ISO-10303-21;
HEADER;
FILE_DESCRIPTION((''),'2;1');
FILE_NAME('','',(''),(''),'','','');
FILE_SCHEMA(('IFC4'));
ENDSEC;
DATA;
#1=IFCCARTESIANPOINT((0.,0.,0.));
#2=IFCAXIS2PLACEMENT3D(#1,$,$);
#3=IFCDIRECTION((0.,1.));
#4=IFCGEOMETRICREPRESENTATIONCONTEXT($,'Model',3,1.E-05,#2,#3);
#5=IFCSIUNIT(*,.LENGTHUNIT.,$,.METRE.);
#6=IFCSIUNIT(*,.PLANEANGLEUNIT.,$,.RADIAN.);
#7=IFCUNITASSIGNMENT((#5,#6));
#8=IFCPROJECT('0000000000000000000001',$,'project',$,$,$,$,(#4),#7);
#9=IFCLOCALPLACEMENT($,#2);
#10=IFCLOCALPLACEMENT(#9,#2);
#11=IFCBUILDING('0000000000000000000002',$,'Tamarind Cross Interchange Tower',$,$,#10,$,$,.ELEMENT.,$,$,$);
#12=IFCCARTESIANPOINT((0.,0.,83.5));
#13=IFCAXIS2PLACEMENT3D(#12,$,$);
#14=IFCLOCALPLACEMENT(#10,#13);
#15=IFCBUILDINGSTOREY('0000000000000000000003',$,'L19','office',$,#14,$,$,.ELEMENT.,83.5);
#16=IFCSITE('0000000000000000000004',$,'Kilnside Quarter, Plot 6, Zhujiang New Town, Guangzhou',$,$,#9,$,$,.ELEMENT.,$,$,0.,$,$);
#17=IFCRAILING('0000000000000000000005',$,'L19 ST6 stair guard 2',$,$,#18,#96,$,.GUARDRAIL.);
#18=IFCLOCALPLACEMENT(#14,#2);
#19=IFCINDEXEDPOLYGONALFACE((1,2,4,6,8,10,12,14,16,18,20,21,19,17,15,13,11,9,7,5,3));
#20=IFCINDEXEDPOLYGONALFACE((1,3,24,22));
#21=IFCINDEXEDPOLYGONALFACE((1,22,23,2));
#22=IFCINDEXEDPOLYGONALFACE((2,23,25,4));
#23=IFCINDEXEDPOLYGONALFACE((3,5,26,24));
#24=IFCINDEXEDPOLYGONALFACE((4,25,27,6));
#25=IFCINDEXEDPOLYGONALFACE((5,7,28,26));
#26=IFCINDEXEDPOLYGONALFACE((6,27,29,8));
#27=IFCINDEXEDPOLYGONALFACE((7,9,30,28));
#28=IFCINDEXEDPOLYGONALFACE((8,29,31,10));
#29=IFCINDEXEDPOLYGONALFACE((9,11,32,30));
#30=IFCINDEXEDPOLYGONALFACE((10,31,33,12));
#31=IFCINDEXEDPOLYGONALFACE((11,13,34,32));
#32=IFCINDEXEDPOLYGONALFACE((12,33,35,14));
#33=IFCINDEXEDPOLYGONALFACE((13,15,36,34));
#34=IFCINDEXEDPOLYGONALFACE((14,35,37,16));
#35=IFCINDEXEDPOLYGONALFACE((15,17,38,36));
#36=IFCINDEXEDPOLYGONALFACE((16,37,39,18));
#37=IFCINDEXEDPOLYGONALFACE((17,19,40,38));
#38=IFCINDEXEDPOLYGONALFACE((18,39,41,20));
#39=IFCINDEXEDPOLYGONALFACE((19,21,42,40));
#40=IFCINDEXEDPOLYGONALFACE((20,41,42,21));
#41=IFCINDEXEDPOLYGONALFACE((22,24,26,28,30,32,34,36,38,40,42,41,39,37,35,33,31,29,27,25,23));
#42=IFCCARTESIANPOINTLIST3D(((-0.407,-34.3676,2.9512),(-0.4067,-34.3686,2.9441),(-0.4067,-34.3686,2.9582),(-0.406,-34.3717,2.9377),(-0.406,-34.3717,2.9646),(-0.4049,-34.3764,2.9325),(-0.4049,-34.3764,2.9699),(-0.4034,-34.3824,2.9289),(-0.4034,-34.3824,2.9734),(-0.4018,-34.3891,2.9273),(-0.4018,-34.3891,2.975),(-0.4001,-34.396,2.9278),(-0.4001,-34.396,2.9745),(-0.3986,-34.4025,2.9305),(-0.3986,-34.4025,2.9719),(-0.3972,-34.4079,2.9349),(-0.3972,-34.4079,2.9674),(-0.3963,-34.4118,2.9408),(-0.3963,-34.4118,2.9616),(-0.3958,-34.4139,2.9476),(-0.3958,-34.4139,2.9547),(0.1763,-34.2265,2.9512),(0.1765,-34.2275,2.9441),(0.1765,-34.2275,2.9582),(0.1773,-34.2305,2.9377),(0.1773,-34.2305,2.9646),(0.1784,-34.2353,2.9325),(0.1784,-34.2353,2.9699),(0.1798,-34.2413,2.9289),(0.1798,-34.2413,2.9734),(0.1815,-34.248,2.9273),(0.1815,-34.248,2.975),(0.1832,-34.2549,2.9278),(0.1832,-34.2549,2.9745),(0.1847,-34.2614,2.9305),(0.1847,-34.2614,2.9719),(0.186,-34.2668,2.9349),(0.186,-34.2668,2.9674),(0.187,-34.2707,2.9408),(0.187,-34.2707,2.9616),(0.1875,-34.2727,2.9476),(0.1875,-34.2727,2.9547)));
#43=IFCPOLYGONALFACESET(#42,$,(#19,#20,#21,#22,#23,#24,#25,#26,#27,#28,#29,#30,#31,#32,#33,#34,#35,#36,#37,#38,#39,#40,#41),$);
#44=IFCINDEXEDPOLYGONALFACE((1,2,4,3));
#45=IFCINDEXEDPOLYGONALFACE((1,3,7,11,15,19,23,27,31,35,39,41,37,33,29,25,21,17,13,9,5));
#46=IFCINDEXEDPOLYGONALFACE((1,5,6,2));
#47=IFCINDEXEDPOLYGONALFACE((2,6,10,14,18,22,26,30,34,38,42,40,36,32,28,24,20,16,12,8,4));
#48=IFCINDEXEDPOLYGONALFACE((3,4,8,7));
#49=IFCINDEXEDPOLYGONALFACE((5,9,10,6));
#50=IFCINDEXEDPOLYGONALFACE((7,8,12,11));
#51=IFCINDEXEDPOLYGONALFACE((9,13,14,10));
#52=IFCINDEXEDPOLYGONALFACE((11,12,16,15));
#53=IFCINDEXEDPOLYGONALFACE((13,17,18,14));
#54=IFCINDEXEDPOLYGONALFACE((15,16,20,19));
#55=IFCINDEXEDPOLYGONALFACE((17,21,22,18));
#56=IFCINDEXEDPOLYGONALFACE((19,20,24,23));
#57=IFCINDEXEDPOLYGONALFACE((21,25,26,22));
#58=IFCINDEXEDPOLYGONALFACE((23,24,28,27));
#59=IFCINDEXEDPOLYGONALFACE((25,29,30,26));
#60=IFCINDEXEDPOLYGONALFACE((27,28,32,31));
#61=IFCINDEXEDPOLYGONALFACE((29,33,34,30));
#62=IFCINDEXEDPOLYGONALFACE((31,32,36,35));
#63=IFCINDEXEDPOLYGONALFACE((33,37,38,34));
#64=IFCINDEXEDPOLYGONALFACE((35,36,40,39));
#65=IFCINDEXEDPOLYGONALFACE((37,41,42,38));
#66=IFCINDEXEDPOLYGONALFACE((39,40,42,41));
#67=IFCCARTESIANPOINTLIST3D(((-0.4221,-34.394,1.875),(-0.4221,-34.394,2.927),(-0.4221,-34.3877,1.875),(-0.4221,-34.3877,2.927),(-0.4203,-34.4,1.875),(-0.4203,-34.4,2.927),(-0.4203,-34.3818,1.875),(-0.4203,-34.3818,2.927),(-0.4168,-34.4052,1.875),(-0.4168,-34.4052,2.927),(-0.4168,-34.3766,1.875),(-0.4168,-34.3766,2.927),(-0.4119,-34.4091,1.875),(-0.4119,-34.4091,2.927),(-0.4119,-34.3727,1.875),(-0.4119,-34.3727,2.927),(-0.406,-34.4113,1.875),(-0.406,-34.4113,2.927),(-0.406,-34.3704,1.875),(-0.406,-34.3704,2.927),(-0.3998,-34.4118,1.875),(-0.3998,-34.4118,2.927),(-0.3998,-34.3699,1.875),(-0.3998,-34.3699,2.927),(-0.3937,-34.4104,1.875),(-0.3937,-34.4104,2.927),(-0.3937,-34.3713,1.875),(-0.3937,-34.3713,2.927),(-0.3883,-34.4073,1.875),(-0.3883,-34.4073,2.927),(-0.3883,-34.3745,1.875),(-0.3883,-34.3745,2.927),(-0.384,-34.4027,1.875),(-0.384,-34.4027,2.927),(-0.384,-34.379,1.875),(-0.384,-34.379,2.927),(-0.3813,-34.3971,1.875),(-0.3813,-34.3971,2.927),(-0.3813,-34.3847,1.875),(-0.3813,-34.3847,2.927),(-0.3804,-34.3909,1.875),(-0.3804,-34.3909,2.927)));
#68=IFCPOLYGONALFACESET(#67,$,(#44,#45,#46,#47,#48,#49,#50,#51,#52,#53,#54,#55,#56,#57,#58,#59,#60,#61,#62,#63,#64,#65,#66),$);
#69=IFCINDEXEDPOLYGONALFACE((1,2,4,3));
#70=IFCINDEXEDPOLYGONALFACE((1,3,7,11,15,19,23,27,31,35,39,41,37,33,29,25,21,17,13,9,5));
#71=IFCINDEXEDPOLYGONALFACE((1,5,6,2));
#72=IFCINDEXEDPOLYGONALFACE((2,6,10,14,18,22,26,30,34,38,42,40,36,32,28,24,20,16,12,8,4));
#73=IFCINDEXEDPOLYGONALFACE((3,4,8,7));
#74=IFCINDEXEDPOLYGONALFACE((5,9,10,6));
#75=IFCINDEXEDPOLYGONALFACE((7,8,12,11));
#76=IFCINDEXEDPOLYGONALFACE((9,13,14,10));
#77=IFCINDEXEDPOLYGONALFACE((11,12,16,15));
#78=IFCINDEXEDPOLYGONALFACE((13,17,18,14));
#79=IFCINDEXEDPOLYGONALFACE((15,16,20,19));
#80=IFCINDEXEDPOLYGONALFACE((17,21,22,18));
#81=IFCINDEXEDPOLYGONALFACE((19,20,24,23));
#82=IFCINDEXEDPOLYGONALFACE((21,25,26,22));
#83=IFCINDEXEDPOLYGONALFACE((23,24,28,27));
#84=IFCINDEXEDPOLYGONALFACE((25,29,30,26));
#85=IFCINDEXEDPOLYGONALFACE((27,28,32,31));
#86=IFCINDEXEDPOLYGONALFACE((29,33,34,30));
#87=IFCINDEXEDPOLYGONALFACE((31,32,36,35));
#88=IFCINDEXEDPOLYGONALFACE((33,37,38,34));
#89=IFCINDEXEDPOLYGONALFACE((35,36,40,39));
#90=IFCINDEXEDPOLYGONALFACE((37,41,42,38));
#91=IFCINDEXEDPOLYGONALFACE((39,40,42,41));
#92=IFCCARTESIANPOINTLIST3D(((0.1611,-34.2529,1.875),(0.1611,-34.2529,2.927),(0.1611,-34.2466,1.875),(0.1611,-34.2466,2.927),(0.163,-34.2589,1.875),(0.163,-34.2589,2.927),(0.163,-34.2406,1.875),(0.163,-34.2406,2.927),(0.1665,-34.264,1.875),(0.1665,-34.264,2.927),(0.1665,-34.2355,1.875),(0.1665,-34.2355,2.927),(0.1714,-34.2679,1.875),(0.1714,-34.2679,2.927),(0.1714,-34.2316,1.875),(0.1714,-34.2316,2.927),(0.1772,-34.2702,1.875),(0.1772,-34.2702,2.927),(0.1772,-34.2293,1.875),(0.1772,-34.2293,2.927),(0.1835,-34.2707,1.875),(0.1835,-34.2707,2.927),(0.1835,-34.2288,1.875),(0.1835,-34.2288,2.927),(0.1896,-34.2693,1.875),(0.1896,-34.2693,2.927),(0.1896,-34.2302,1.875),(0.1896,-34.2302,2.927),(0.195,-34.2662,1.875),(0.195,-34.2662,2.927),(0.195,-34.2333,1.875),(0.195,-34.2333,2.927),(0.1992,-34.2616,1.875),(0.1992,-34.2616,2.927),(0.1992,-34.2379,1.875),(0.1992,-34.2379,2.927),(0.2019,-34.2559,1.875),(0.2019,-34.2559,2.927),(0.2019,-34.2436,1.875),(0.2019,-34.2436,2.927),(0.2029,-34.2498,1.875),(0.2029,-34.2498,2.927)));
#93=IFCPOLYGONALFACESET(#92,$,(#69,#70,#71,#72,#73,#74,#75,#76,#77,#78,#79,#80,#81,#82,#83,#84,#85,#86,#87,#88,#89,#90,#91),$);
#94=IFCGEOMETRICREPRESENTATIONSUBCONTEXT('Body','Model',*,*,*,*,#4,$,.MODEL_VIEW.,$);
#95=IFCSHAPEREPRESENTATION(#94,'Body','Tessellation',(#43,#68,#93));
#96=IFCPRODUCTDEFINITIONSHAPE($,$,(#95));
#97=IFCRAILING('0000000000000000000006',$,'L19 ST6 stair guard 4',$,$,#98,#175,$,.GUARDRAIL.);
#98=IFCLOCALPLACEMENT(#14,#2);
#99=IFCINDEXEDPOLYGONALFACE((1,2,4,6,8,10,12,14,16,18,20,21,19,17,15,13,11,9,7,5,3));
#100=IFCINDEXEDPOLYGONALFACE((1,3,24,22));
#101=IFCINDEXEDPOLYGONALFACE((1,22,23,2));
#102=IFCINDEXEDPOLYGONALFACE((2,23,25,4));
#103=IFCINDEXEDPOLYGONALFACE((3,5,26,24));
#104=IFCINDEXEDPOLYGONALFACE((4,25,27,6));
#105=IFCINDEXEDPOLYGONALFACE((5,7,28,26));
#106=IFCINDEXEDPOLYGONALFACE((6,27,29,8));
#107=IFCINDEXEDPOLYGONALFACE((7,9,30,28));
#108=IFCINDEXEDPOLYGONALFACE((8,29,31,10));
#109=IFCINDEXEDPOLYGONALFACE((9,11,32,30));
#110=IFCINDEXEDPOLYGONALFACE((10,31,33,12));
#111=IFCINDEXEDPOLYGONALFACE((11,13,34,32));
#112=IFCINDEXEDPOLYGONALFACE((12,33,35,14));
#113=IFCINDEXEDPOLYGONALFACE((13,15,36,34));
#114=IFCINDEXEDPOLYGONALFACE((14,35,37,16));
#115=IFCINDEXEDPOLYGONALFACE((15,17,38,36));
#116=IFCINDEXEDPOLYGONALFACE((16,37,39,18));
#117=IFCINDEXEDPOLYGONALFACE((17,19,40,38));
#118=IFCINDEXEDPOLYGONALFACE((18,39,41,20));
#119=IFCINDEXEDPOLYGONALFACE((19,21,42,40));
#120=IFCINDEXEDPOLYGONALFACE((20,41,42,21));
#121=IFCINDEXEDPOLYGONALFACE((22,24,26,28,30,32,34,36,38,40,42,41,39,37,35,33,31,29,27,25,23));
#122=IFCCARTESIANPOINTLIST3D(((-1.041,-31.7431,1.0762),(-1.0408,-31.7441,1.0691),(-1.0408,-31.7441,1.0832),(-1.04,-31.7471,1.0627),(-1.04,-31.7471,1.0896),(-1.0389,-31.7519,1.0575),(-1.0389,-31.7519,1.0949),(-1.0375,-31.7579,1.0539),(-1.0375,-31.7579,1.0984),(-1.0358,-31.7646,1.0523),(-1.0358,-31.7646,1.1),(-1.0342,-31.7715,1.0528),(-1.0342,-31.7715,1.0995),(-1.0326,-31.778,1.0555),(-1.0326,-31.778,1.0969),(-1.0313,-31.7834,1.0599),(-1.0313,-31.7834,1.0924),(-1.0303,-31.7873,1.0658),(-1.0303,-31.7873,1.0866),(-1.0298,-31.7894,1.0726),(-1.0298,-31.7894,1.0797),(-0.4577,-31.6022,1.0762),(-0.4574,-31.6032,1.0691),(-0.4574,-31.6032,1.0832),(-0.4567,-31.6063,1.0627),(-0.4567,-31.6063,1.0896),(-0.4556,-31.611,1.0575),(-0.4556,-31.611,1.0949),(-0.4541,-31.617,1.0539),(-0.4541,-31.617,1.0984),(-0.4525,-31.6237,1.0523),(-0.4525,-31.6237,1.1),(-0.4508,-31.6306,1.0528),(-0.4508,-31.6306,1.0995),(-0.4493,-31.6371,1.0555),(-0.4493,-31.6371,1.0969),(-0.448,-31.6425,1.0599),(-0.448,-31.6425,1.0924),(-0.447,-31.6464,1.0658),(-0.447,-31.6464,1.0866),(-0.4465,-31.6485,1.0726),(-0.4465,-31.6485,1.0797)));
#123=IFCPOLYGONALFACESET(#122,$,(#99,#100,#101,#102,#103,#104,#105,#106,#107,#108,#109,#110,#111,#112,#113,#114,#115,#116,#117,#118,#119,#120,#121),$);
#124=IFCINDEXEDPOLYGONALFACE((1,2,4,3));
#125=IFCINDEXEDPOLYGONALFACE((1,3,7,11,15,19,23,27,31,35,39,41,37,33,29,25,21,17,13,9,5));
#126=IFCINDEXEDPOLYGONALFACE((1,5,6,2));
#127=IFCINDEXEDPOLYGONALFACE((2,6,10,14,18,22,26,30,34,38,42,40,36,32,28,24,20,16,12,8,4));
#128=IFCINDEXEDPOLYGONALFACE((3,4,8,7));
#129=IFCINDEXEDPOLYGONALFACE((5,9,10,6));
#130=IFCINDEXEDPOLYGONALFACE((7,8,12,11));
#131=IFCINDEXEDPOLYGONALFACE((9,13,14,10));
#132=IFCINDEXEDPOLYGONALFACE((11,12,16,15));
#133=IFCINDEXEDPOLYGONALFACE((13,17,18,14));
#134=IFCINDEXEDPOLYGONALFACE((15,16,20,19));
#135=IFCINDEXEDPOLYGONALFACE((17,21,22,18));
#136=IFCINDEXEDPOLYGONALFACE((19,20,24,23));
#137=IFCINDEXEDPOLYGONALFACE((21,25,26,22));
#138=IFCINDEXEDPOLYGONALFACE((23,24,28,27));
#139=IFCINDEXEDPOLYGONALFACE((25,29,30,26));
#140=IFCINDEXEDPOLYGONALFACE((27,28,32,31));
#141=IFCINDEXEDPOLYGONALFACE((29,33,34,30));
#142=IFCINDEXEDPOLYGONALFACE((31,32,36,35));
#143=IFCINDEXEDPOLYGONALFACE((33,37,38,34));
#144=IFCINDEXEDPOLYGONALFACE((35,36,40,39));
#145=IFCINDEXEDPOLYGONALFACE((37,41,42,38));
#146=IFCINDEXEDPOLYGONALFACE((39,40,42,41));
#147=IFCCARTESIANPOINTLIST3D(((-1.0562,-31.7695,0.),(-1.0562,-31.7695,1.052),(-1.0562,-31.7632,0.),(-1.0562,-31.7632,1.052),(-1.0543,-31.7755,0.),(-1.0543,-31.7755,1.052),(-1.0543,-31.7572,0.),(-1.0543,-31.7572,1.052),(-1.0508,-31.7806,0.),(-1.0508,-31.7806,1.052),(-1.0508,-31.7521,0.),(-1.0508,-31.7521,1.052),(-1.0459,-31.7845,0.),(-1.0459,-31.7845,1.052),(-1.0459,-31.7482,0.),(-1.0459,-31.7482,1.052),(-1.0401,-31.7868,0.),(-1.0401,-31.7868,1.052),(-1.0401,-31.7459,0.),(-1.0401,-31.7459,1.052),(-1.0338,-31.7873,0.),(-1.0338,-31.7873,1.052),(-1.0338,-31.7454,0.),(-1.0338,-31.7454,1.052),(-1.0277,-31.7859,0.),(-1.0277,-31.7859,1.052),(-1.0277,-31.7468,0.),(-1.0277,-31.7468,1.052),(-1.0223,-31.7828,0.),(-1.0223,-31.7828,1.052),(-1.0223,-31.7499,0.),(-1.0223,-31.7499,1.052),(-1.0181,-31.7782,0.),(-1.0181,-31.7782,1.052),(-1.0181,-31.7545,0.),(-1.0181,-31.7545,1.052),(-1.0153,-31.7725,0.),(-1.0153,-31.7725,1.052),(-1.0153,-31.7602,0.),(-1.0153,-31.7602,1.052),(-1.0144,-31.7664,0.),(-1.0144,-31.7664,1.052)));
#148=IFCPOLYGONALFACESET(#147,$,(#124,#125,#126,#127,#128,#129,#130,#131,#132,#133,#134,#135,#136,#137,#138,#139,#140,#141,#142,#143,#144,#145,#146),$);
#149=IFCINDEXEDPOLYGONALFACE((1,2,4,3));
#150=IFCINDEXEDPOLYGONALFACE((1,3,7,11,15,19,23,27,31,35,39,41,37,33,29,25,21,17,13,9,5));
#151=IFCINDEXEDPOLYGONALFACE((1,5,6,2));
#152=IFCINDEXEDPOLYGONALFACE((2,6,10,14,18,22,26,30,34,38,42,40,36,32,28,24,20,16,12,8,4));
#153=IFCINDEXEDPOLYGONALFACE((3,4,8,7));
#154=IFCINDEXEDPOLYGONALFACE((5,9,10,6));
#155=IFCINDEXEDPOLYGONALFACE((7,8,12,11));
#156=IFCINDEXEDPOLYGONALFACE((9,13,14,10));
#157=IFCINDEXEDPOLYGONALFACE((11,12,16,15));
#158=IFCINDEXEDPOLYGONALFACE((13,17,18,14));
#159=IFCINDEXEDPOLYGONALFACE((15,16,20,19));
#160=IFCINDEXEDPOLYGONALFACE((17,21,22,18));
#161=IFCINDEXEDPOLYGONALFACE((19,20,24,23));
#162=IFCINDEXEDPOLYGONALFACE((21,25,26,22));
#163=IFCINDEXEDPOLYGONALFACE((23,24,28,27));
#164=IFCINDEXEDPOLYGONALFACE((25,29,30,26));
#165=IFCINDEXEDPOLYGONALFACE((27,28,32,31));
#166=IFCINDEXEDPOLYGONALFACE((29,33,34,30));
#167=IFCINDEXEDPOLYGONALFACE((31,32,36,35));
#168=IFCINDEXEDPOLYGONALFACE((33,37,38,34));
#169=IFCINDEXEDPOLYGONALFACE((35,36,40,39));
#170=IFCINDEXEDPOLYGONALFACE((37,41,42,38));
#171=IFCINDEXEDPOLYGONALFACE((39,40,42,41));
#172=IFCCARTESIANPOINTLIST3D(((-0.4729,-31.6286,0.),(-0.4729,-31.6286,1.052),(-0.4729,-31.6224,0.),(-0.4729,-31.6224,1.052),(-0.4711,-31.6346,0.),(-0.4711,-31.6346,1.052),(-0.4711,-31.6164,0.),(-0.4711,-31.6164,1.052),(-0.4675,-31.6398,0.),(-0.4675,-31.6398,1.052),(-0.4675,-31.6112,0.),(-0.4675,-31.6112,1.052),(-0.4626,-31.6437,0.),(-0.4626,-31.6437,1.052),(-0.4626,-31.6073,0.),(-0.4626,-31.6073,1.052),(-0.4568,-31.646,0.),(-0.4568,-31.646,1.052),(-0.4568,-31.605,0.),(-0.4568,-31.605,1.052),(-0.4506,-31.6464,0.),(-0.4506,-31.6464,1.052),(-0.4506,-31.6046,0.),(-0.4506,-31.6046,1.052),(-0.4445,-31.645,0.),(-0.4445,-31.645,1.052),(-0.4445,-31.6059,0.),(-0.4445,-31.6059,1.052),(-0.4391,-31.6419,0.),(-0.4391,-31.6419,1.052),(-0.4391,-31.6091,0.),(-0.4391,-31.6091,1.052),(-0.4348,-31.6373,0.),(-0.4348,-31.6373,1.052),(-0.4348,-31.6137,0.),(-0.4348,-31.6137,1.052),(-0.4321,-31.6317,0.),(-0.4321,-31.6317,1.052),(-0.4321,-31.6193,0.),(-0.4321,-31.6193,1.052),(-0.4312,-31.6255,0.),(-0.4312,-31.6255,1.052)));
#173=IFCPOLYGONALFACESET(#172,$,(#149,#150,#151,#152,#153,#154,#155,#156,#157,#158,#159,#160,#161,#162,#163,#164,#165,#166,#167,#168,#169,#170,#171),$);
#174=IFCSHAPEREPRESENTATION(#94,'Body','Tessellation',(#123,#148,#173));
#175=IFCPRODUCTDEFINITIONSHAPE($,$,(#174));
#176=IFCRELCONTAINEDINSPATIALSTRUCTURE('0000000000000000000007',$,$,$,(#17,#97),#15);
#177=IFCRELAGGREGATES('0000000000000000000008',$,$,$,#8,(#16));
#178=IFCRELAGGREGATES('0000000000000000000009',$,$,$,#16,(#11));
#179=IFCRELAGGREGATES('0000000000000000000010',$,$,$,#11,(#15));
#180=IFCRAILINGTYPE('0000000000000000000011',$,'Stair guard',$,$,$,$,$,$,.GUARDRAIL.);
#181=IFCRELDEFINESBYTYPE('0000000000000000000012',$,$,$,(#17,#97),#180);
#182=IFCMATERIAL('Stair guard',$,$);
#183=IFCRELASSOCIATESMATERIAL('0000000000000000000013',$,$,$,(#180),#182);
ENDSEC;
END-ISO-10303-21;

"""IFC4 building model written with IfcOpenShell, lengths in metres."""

from ifc_helpers import new_model, si_unit, direction, frame, origin, origin_2d, place, context, subcontext, project, spatial, circle, extrude, material, type_object, element, save


model = new_model("IFC4")

# Units and contexts
model_context = context("Model", 3, precision=1e-05, world=origin(), true_north=direction((0.0, 1.0)))
body_context = subcontext(model_context, "Body", "Model", "MODEL_VIEW")
ifc_project = project(units=[si_unit("LENGTHUNIT", "METRE"), si_unit("PLANEANGLEUNIT", "RADIAN")], contexts=[model_context])

# Site, building, storey
site_placement = place(None, origin())
site = spatial("IfcSite", under=ifc_project, at=site_placement, Name="Kilnside Quarter, Plot 6, Zhujiang New Town, Guangzhou", CompositionType="ELEMENT", RefElevation=0.0)
building_placement = place(site_placement, origin())
building = spatial("IfcBuilding", under=site, at=building_placement, Name="Tamarind Cross Interchange Tower", CompositionType="ELEMENT")
storey_placement = place(building_placement, frame((0.0, 0.0, 83.5)))
storey = spatial("IfcBuildingStorey", under=building, at=storey_placement, Name="L19", Description="office", CompositionType="ELEMENT", Elevation=83.5)

# Railings
ifc_material_1 = material(Name="Stair guard")
railing_type_1 = type_object("IfcRailingType", Name="Stair guard", PredefinedType="GUARDRAIL", material=ifc_material_1)
railing_1_placement = place(storey_placement, frame((-0.4014, -34.3909, 1.875)))
element("IfcRailing", 1, at=railing_1_placement, inside=storey, type_object=railing_type_1, Name="L19 ST6 stair guard 2", PredefinedType="GUARDRAIL", context=body_context, shape_type="SweptSolid", body=[
    extrude(circle(Radius=0.0239, at=origin_2d()), frame((0.0, 0.0, 1.0762), z_axis=(0.971957, 0.235158, 0.0), x_axis=(-0.235158, 0.971957, 0.0)), (0.0, 0.0, 1.0), 0.6001),
    extrude(circle(Radius=0.021, at=origin_2d()), origin(), (0.0, 0.0, 1.0), 1.052),
    extrude(circle(Radius=0.021, at=origin_2d()), frame((0.5833, 0.1411, 0.0)), (0.0, 0.0, 1.0), 1.052),
])
railing_2_placement = place(storey_placement, frame((-1.0354, -31.7664, 0.0)))
element("IfcRailing", 2, at=railing_2_placement, inside=storey, type_object=railing_type_1, Name="L19 ST6 stair guard 4", PredefinedType="GUARDRAIL", context=body_context, shape_type="SweptSolid", body=[
    extrude(circle(Radius=0.0239, at=origin_2d()), frame((0.0, 0.0, 1.0762), z_axis=(0.97205, 0.234773, 0.0), x_axis=(-0.234773, 0.97205, 0.0)), (0.0, 0.0, 1.0), 0.6001),
    extrude(circle(Radius=0.021, at=origin_2d()), origin(), (0.0, 0.0, 1.0), 1.052),
    extrude(circle(Radius=0.021, at=origin_2d()), frame((0.5833, 0.1409, 0.0)), (0.0, 0.0, 1.0), 1.052),
])

save(model, "model.ifc")
